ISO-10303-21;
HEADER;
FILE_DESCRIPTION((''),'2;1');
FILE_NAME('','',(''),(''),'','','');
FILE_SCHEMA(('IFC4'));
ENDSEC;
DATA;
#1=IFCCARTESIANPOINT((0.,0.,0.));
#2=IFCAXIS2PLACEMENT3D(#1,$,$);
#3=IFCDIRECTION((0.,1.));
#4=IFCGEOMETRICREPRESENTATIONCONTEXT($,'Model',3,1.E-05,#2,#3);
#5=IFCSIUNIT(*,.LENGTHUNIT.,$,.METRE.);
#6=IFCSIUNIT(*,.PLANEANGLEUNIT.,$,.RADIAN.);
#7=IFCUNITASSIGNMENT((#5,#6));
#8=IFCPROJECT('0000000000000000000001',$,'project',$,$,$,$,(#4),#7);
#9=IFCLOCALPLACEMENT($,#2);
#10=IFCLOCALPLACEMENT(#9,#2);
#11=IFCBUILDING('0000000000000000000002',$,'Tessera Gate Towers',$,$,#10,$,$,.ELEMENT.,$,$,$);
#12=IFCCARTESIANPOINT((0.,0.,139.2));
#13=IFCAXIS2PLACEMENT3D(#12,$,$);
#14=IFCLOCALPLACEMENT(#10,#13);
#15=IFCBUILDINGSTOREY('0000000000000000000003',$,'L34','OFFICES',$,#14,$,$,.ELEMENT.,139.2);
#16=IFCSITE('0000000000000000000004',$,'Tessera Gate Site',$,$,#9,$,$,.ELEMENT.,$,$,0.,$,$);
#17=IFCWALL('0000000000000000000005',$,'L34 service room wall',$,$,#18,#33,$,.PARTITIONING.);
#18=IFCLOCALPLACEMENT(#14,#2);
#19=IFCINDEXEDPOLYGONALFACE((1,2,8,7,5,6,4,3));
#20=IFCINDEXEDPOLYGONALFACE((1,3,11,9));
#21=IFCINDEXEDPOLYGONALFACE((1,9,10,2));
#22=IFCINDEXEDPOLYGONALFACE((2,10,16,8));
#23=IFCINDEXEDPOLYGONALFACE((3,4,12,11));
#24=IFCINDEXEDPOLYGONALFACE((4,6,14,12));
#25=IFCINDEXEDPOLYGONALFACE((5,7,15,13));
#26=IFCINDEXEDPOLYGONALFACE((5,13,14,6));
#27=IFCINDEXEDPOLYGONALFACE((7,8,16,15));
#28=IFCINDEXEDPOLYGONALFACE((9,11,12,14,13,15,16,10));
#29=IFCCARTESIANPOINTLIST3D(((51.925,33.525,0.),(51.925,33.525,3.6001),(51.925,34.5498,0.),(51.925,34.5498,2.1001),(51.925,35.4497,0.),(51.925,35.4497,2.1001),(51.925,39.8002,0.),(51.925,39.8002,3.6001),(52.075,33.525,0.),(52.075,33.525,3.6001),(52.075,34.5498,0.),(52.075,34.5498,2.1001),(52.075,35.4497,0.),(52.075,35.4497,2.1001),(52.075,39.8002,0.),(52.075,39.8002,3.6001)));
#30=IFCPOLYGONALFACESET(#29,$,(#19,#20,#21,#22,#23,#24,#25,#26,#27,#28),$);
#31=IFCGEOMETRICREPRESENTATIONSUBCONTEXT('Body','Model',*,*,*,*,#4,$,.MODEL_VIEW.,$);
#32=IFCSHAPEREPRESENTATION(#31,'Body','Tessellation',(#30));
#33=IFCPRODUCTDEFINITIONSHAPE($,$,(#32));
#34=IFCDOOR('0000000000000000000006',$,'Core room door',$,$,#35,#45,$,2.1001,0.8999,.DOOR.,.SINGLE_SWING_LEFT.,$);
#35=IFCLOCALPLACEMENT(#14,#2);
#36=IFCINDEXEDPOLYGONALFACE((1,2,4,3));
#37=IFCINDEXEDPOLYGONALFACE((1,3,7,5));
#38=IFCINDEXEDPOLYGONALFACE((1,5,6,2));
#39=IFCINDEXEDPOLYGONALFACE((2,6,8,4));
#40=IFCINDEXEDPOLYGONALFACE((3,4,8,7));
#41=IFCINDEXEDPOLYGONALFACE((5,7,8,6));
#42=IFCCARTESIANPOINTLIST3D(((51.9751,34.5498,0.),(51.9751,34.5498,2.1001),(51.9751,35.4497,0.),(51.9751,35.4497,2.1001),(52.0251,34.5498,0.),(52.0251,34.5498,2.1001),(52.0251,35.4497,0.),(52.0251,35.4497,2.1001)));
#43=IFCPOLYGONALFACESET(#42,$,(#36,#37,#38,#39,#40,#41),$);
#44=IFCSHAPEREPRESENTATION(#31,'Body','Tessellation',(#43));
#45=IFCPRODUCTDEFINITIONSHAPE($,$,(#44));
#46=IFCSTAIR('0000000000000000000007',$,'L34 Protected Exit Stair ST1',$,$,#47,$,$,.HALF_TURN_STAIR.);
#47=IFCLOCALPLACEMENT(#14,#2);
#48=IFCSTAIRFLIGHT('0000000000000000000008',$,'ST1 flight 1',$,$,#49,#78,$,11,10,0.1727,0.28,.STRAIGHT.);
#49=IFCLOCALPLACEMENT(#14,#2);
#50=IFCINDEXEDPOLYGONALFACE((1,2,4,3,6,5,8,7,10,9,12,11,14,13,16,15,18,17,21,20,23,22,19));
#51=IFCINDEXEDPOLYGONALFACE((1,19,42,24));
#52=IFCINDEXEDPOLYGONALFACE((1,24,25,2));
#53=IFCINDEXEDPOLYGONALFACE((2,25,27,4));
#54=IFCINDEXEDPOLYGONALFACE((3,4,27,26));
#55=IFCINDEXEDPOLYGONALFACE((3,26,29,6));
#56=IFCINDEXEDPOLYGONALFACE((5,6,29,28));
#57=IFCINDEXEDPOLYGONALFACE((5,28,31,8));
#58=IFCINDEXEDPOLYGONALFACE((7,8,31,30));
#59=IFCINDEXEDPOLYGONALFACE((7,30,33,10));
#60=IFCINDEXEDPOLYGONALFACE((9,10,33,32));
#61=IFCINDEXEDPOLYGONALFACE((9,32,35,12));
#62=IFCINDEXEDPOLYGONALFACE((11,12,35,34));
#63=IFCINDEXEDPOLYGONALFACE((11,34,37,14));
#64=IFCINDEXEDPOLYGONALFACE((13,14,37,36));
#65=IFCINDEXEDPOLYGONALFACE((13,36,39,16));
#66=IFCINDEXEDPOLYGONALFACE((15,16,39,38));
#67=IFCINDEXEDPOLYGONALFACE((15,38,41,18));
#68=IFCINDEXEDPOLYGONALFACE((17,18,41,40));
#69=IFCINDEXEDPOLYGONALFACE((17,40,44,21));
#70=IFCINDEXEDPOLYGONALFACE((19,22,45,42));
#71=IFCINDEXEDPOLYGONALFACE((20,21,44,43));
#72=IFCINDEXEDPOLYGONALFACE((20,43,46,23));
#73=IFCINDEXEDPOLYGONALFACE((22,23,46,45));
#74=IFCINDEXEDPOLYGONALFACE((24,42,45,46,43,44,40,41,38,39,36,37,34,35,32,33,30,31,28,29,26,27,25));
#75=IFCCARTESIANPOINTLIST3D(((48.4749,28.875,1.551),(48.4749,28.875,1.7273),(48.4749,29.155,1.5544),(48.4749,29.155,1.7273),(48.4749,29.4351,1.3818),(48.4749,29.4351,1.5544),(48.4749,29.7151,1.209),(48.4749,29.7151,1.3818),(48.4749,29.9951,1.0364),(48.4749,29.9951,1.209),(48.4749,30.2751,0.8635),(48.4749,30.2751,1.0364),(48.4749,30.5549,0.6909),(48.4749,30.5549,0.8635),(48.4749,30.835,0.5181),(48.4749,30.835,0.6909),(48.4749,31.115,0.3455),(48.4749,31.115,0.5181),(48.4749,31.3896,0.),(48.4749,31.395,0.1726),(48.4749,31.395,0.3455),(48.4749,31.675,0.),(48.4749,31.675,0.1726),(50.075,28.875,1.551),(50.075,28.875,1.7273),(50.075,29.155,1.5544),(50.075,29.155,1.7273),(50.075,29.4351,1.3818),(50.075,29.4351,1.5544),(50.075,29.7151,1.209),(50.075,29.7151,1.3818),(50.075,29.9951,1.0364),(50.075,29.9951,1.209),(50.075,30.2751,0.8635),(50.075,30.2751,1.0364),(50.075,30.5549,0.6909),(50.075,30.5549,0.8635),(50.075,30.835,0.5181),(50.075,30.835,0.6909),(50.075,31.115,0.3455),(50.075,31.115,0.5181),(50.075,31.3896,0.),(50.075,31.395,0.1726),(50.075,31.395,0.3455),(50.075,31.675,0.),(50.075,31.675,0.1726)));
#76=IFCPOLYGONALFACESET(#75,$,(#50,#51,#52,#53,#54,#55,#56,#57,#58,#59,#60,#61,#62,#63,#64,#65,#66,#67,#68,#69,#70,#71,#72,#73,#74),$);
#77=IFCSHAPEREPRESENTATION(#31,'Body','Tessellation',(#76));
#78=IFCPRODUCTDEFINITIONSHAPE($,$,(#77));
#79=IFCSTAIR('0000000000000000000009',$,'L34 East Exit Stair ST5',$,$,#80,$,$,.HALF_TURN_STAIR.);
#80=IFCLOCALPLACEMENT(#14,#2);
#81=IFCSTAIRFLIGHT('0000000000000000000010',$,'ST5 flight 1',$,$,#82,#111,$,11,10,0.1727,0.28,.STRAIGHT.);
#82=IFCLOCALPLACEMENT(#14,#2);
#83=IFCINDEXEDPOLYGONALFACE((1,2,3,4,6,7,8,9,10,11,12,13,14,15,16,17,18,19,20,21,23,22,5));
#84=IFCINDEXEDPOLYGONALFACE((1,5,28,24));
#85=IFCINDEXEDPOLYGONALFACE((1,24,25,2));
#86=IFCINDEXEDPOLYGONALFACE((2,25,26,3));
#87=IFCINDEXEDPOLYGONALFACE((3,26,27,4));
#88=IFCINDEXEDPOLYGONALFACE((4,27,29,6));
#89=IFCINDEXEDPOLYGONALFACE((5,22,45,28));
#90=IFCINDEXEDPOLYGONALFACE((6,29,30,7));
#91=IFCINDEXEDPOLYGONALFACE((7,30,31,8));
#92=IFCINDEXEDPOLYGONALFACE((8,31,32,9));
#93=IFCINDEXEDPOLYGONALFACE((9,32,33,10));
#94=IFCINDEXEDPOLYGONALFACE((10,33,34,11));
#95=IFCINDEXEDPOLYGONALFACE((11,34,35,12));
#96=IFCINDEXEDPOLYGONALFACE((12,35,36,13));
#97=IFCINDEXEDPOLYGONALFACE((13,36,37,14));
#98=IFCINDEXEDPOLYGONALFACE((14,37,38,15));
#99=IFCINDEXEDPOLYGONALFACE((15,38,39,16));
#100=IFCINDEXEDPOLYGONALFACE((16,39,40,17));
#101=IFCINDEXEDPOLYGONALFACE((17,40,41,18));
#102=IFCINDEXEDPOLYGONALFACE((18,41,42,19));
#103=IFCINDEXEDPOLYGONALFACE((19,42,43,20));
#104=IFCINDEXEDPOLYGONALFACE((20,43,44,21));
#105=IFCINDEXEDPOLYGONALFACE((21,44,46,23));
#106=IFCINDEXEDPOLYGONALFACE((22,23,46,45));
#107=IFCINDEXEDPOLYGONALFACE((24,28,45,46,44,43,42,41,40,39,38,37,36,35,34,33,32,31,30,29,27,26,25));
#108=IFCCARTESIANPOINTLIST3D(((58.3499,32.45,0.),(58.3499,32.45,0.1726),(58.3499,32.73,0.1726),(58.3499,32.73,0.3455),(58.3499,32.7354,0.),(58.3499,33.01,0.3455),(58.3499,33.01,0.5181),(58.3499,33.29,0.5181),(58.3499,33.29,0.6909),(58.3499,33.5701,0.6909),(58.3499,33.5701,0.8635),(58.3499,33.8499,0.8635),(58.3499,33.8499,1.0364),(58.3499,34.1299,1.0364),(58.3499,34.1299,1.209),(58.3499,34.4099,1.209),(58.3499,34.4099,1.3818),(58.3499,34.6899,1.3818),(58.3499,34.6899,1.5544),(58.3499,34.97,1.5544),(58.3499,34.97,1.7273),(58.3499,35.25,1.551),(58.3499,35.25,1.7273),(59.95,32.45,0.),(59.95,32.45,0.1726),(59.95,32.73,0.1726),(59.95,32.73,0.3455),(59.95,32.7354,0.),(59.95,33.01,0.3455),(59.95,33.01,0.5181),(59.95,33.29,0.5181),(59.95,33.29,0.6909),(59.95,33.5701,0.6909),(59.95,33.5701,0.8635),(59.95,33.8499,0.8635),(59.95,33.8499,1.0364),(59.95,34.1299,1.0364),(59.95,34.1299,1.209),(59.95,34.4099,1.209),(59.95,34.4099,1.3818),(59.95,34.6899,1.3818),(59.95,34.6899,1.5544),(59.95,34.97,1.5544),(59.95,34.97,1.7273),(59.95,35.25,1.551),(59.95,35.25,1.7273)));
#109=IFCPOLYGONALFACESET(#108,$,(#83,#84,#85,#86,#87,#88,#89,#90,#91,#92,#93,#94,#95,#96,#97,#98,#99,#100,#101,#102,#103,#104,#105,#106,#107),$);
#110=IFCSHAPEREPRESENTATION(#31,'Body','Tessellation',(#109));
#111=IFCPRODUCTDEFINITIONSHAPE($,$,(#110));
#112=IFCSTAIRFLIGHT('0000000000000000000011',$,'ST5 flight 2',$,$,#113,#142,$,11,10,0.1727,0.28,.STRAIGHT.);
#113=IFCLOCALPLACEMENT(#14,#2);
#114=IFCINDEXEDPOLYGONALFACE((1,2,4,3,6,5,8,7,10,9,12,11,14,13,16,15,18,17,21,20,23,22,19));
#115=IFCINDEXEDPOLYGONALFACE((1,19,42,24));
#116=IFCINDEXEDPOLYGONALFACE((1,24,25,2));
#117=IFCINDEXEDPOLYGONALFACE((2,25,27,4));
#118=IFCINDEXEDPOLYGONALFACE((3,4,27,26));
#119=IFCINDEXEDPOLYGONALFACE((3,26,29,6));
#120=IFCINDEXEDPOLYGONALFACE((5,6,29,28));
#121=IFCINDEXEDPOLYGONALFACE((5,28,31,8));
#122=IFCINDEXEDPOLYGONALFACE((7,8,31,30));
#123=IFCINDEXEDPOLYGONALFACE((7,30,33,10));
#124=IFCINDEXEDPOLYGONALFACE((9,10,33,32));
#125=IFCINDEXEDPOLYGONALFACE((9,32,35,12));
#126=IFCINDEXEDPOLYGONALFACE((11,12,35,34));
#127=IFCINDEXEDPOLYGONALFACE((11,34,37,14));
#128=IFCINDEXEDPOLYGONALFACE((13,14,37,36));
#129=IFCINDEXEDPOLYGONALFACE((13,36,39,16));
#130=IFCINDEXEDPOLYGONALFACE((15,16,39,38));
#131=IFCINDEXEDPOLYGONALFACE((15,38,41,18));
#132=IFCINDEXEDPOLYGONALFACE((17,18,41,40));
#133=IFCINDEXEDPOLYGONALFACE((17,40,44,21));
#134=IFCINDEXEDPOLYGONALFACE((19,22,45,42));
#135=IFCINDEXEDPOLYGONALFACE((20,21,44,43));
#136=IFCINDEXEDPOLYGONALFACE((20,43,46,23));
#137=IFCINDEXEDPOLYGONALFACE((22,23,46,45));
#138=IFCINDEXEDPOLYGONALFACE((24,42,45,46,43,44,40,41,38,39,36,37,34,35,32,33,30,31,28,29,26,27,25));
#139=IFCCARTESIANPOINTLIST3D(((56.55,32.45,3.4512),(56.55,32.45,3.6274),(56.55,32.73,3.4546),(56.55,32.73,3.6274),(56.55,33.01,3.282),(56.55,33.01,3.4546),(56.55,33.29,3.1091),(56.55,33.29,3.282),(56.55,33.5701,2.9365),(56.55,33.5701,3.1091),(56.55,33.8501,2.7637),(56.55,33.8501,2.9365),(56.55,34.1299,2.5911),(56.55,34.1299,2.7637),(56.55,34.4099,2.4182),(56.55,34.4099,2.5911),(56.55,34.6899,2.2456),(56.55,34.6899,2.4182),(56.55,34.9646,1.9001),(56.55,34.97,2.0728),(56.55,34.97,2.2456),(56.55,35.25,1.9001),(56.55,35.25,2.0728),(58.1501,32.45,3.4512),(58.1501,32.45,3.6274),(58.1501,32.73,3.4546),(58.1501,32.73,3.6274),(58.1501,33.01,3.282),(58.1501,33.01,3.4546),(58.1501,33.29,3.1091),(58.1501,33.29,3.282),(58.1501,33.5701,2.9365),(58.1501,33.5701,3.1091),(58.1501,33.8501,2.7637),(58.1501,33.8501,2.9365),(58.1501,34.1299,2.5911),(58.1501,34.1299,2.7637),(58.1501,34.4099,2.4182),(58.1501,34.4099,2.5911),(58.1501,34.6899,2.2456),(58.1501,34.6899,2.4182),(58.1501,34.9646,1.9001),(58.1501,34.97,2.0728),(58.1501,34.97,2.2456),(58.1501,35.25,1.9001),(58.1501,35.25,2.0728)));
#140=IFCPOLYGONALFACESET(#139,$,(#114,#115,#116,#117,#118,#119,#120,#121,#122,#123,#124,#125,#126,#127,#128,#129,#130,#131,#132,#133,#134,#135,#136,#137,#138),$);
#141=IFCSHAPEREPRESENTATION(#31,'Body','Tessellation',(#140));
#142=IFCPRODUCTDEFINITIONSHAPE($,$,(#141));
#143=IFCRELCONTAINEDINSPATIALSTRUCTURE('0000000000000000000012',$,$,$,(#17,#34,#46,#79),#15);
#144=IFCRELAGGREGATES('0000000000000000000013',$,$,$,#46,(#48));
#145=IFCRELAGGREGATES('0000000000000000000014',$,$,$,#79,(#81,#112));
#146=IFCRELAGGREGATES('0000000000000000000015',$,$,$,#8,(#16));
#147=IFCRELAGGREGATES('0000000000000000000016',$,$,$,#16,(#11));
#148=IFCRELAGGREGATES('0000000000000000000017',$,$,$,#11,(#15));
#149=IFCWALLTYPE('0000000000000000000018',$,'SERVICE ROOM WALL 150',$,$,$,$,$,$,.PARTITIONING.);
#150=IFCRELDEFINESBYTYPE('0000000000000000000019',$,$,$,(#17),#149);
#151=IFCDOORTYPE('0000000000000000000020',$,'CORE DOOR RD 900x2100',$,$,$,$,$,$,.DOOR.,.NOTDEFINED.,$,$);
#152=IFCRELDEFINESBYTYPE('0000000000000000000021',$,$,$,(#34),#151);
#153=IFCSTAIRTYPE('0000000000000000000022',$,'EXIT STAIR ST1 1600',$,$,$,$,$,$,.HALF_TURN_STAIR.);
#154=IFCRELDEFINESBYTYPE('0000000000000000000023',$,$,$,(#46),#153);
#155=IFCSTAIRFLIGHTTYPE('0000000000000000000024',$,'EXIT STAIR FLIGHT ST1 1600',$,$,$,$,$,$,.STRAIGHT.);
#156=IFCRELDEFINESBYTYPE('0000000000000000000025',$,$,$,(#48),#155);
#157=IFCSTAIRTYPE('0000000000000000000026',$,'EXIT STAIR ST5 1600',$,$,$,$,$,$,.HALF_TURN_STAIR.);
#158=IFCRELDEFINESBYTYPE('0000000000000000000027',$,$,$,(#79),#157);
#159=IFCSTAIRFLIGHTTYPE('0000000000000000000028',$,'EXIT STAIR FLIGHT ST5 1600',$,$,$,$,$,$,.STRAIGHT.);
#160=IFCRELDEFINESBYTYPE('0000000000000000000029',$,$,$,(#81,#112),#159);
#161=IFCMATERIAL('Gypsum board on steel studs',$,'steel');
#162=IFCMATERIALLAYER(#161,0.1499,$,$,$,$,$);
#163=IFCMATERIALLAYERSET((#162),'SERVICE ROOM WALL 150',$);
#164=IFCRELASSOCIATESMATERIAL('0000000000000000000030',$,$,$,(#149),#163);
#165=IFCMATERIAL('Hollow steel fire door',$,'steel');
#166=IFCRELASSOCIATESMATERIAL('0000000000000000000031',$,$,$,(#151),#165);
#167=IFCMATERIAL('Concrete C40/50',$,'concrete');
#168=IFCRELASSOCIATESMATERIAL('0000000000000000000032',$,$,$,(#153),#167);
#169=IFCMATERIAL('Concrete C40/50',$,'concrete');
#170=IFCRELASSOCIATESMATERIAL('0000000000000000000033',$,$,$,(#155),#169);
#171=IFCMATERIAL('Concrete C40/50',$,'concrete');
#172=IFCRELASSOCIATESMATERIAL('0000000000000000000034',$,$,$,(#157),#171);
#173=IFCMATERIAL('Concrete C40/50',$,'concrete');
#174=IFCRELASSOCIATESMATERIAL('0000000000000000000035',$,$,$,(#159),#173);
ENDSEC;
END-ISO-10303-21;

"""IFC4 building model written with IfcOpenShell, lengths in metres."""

from ifc_helpers import new_model, si_unit, direction, frame, frame_2d, origin, place, context, subcontext, project, spatial, polyline, rectangle, outline, extrude, source, transform, mapped, material, layer, layer_set, type_object, element, fill, aggregate, save


model = new_model("IFC4")

# Units and contexts
model_context = context("Model", 3, precision=1e-05, world=origin(), true_north=direction((0.0, 1.0)))
body_context = subcontext(model_context, "Body", "Model", "MODEL_VIEW")
ifc_project = project(units=[si_unit("LENGTHUNIT", "METRE"), si_unit("PLANEANGLEUNIT", "RADIAN")], contexts=[model_context])

# Site, building, storey
site_placement = place(None, origin())
site = spatial("IfcSite", under=ifc_project, at=site_placement, Name="Tessera Gate Site", CompositionType="ELEMENT", RefElevation=0.0)
building_placement = place(site_placement, origin())
building = spatial("IfcBuilding", under=site, at=building_placement, Name="Tessera Gate Towers", CompositionType="ELEMENT")
storey_placement = place(building_placement, frame((0.0, 0.0, 139.2)))
storey = spatial("IfcBuildingStorey", under=building, at=storey_placement, Name="L34", Description="OFFICES", CompositionType="ELEMENT", Elevation=139.2)

# Wall, opening, door
shared_shape_1 = source(origin(), body_context, "Body", "SweptSolid", [
    extrude(rectangle(XDim=0.8999, YDim=2.1001, at=frame_2d((0.45, 1.05))), frame((0.0, 0.085, 0.0), z_axis=(0.0, -1.0, 0.0), x_axis=(1.0, 0.0, 0.0)), (0.0, 0.0, 1.0), 0.1699),
])
shared_shape_2 = source(origin(), body_context, "Body", "SweptSolid", [
    extrude(rectangle(XDim=0.8999, YDim=2.1001, at=frame_2d((0.45, 1.05))), frame((0.0, 0.0249, 0.0), z_axis=(0.0, -1.0, 0.0), x_axis=(1.0, 0.0, 0.0)), (0.0, 0.0, 1.0), 0.05),
])
ifc_material_1 = material(Name="Gypsum board on steel studs", Category="steel")
ifc_layer_1 = layer(ifc_material_1, 0.1499)
ifc_layer_set_1 = layer_set([ifc_layer_1], Name="SERVICE ROOM WALL 150")
wall_type_1 = type_object("IfcWallType", Name="SERVICE ROOM WALL 150", PredefinedType="PARTITIONING", material=ifc_layer_set_1)
wall_1_placement = place(storey_placement, frame((52.0, 33.5249, 0.0), z_axis=(0.0, 0.0, 1.0), x_axis=(0.0, 1.0, 0.0)))
wall_1 = element("IfcWall", 1, at=wall_1_placement, inside=storey, type_object=wall_type_1, Name="L34 service room wall", PredefinedType="PARTITIONING", context=body_context, shape_type="SweptSolid", body=[
    extrude(rectangle(XDim=6.2751, YDim=0.1499, at=frame_2d((3.1377, 0.0))), origin(), (0.0, 0.0, 1.0), 3.6001),
])
opening_1_placement = place(wall_1_placement, frame((1.0249, 0.0, 0.0)))
opening_1 = element("IfcOpeningElement", 2, at=opening_1_placement, cuts=wall_1, PredefinedType="OPENING", context=body_context, shape_type="MappedRepresentation", body=[
    mapped(shared_shape_1, transform((0.0, 0.0, 0.0), scale=1.0)),
])
ifc_material_2 = material(Name="Hollow steel fire door", Category="steel")
door_type_1 = type_object("IfcDoorType", Name="CORE DOOR RD 900x2100", OperationType="NOTDEFINED", PredefinedType="DOOR", material=ifc_material_2)
door_1_placement = place(opening_1_placement, origin())
door_1 = element("IfcDoor", 3, at=door_1_placement, inside=storey, type_object=door_type_1, Name="Core room door", OperationType="SINGLE_SWING_LEFT", OverallHeight=2.1001, OverallWidth=0.8999, PredefinedType="DOOR", context=body_context, shape_type="MappedRepresentation", body=[
    mapped(shared_shape_2, transform((0.0, 0.0, 0.0), scale=1.0)),
])
fill(opening_1, door_1)

# Stair, stair flight
ifc_material_3 = material(Name="Concrete C40/50", Category="concrete")
stair_type_1 = type_object("IfcStairType", Name="EXIT STAIR ST1 1600", PredefinedType="HALF_TURN_STAIR", material=ifc_material_3)
stair_1_placement = place(storey_placement, origin())
stair_1 = element("IfcStair", 4, at=stair_1_placement, inside=storey, type_object=stair_type_1, Name="L34 Protected Exit Stair ST1", PredefinedType="HALF_TURN_STAIR")
ifc_material_4 = material(Name="Concrete C40/50", Category="concrete")
stair_flight_type_1 = type_object("IfcStairFlightType", Name="EXIT STAIR FLIGHT ST1 1600", PredefinedType="STRAIGHT", material=ifc_material_4)
stair_flight_1_placement = place(storey_placement, frame((49.2749, 31.675, 0.0), z_axis=(0.0, 0.0, 1.0), x_axis=(0.0, -1.0, 0.0)))
stair_flight_1 = element("IfcStairFlight", 5, at=stair_flight_1_placement, type_object=stair_flight_type_1, Name="ST1 flight 1", NumberOfRisers=11, NumberOfTreads=10, PredefinedType="STRAIGHT", RiserHeight=0.1727, TreadLength=0.28, context=body_context, shape_type="SweptSolid", body=[
    extrude(outline(polyline([(0.0, 0.0), (0.0, 0.1726), (0.28, 0.1726), (0.28, 0.3455), (0.5601, 0.3455), (0.5601, 0.5181), (0.8401, 0.5181), (0.8401, 0.6909), (1.1201, 0.6909), (1.1201, 0.8635), (1.3999, 0.8635), (1.3999, 1.0364), (1.6799, 1.0364), (1.6799, 1.209), (1.96, 1.209), (1.96, 1.3818), (2.24, 1.3818), (2.24, 1.5544), (2.52, 1.5544), (2.52, 1.7273), (2.8, 1.7273), (2.8, 1.8999), (2.8, 1.551), (0.2854, 0.0), (0.0, 0.0)])), frame((0.0, 0.8, 0.0), z_axis=(0.0, -1.0, 0.0), x_axis=(1.0, 0.0, 0.0)), (0.0, 0.0, 1.0), 1.6001),
])
aggregate(stair_1, [stair_flight_1])

# Stair, stair flights
ifc_material_5 = material(Name="Concrete C40/50", Category="concrete")
stair_type_2 = type_object("IfcStairType", Name="EXIT STAIR ST5 1600", PredefinedType="HALF_TURN_STAIR", material=ifc_material_5)
stair_2_placement = place(storey_placement, origin())
stair_2 = element("IfcStair", 6, at=stair_2_placement, inside=storey, type_object=stair_type_2, Name="L34 East Exit Stair ST5", PredefinedType="HALF_TURN_STAIR")
ifc_material_6 = material(Name="Concrete C40/50", Category="concrete")
stair_flight_type_2 = type_object("IfcStairFlightType", Name="EXIT STAIR FLIGHT ST5 1600", PredefinedType="STRAIGHT", material=ifc_material_6)
stair_flight_2_placement = place(storey_placement, frame((59.1499, 32.45, 0.0), z_axis=(0.0, 0.0, 1.0), x_axis=(0.0, 1.0, 0.0)))
stair_flight_2 = element("IfcStairFlight", 7, at=stair_flight_2_placement, type_object=stair_flight_type_2, Name="ST5 flight 1", NumberOfRisers=11, NumberOfTreads=10, PredefinedType="STRAIGHT", RiserHeight=0.1727, TreadLength=0.28, context=body_context, shape_type="SweptSolid", body=[
    extrude(outline(polyline([(0.0, 0.0), (0.0, 0.1726), (0.28, 0.1726), (0.28, 0.3455), (0.5601, 0.3455), (0.5601, 0.5181), (0.8401, 0.5181), (0.8401, 0.6909), (1.1201, 0.6909), (1.1201, 0.8635), (1.3999, 0.8635), (1.3999, 1.0364), (1.6799, 1.0364), (1.6799, 1.209), (1.96, 1.209), (1.96, 1.3818), (2.24, 1.3818), (2.24, 1.5544), (2.52, 1.5544), (2.52, 1.7273), (2.8, 1.7273), (2.8, 1.8999), (2.8, 1.551), (0.2854, 0.0), (0.0, 0.0)])), frame((0.0, 0.8, 0.0), z_axis=(0.0, -1.0, 0.0), x_axis=(1.0, 0.0, 0.0)), (0.0, 0.0, 1.0), 1.6001),
])
stair_flight_3_placement = place(storey_placement, frame((57.3501, 35.25, 1.9001), z_axis=(0.0, 0.0, 1.0), x_axis=(0.0, -1.0, 0.0)))
stair_flight_3 = element("IfcStairFlight", 8, at=stair_flight_3_placement, type_object=stair_flight_type_2, Name="ST5 flight 2", NumberOfRisers=11, NumberOfTreads=10, PredefinedType="STRAIGHT", RiserHeight=0.1727, TreadLength=0.28, context=body_context, shape_type="SweptSolid", body=[
    extrude(outline(polyline([(0.0, 0.0), (0.0, 0.1726), (0.28, 0.1726), (0.28, 0.3455), (0.5601, 0.3455), (0.5601, 0.5181), (0.8401, 0.5181), (0.8401, 0.6909), (1.1201, 0.6909), (1.1201, 0.8635), (1.3999, 0.8635), (1.3999, 1.0364), (1.6799, 1.0364), (1.6799, 1.209), (1.96, 1.209), (1.96, 1.3818), (2.24, 1.3818), (2.24, 1.5544), (2.52, 1.5544), (2.52, 1.7273), (2.8, 1.7273), (2.8, 1.8999), (2.8, 1.551), (0.2854, 0.0), (0.0, 0.0)])), frame((0.0, 0.8, 0.0), z_axis=(0.0, -1.0, 0.0), x_axis=(1.0, 0.0, 0.0)), (0.0, 0.0, 1.0), 1.6001),
])
aggregate(stair_2, [stair_flight_2, stair_flight_3])

save(model, "model.ifc")
